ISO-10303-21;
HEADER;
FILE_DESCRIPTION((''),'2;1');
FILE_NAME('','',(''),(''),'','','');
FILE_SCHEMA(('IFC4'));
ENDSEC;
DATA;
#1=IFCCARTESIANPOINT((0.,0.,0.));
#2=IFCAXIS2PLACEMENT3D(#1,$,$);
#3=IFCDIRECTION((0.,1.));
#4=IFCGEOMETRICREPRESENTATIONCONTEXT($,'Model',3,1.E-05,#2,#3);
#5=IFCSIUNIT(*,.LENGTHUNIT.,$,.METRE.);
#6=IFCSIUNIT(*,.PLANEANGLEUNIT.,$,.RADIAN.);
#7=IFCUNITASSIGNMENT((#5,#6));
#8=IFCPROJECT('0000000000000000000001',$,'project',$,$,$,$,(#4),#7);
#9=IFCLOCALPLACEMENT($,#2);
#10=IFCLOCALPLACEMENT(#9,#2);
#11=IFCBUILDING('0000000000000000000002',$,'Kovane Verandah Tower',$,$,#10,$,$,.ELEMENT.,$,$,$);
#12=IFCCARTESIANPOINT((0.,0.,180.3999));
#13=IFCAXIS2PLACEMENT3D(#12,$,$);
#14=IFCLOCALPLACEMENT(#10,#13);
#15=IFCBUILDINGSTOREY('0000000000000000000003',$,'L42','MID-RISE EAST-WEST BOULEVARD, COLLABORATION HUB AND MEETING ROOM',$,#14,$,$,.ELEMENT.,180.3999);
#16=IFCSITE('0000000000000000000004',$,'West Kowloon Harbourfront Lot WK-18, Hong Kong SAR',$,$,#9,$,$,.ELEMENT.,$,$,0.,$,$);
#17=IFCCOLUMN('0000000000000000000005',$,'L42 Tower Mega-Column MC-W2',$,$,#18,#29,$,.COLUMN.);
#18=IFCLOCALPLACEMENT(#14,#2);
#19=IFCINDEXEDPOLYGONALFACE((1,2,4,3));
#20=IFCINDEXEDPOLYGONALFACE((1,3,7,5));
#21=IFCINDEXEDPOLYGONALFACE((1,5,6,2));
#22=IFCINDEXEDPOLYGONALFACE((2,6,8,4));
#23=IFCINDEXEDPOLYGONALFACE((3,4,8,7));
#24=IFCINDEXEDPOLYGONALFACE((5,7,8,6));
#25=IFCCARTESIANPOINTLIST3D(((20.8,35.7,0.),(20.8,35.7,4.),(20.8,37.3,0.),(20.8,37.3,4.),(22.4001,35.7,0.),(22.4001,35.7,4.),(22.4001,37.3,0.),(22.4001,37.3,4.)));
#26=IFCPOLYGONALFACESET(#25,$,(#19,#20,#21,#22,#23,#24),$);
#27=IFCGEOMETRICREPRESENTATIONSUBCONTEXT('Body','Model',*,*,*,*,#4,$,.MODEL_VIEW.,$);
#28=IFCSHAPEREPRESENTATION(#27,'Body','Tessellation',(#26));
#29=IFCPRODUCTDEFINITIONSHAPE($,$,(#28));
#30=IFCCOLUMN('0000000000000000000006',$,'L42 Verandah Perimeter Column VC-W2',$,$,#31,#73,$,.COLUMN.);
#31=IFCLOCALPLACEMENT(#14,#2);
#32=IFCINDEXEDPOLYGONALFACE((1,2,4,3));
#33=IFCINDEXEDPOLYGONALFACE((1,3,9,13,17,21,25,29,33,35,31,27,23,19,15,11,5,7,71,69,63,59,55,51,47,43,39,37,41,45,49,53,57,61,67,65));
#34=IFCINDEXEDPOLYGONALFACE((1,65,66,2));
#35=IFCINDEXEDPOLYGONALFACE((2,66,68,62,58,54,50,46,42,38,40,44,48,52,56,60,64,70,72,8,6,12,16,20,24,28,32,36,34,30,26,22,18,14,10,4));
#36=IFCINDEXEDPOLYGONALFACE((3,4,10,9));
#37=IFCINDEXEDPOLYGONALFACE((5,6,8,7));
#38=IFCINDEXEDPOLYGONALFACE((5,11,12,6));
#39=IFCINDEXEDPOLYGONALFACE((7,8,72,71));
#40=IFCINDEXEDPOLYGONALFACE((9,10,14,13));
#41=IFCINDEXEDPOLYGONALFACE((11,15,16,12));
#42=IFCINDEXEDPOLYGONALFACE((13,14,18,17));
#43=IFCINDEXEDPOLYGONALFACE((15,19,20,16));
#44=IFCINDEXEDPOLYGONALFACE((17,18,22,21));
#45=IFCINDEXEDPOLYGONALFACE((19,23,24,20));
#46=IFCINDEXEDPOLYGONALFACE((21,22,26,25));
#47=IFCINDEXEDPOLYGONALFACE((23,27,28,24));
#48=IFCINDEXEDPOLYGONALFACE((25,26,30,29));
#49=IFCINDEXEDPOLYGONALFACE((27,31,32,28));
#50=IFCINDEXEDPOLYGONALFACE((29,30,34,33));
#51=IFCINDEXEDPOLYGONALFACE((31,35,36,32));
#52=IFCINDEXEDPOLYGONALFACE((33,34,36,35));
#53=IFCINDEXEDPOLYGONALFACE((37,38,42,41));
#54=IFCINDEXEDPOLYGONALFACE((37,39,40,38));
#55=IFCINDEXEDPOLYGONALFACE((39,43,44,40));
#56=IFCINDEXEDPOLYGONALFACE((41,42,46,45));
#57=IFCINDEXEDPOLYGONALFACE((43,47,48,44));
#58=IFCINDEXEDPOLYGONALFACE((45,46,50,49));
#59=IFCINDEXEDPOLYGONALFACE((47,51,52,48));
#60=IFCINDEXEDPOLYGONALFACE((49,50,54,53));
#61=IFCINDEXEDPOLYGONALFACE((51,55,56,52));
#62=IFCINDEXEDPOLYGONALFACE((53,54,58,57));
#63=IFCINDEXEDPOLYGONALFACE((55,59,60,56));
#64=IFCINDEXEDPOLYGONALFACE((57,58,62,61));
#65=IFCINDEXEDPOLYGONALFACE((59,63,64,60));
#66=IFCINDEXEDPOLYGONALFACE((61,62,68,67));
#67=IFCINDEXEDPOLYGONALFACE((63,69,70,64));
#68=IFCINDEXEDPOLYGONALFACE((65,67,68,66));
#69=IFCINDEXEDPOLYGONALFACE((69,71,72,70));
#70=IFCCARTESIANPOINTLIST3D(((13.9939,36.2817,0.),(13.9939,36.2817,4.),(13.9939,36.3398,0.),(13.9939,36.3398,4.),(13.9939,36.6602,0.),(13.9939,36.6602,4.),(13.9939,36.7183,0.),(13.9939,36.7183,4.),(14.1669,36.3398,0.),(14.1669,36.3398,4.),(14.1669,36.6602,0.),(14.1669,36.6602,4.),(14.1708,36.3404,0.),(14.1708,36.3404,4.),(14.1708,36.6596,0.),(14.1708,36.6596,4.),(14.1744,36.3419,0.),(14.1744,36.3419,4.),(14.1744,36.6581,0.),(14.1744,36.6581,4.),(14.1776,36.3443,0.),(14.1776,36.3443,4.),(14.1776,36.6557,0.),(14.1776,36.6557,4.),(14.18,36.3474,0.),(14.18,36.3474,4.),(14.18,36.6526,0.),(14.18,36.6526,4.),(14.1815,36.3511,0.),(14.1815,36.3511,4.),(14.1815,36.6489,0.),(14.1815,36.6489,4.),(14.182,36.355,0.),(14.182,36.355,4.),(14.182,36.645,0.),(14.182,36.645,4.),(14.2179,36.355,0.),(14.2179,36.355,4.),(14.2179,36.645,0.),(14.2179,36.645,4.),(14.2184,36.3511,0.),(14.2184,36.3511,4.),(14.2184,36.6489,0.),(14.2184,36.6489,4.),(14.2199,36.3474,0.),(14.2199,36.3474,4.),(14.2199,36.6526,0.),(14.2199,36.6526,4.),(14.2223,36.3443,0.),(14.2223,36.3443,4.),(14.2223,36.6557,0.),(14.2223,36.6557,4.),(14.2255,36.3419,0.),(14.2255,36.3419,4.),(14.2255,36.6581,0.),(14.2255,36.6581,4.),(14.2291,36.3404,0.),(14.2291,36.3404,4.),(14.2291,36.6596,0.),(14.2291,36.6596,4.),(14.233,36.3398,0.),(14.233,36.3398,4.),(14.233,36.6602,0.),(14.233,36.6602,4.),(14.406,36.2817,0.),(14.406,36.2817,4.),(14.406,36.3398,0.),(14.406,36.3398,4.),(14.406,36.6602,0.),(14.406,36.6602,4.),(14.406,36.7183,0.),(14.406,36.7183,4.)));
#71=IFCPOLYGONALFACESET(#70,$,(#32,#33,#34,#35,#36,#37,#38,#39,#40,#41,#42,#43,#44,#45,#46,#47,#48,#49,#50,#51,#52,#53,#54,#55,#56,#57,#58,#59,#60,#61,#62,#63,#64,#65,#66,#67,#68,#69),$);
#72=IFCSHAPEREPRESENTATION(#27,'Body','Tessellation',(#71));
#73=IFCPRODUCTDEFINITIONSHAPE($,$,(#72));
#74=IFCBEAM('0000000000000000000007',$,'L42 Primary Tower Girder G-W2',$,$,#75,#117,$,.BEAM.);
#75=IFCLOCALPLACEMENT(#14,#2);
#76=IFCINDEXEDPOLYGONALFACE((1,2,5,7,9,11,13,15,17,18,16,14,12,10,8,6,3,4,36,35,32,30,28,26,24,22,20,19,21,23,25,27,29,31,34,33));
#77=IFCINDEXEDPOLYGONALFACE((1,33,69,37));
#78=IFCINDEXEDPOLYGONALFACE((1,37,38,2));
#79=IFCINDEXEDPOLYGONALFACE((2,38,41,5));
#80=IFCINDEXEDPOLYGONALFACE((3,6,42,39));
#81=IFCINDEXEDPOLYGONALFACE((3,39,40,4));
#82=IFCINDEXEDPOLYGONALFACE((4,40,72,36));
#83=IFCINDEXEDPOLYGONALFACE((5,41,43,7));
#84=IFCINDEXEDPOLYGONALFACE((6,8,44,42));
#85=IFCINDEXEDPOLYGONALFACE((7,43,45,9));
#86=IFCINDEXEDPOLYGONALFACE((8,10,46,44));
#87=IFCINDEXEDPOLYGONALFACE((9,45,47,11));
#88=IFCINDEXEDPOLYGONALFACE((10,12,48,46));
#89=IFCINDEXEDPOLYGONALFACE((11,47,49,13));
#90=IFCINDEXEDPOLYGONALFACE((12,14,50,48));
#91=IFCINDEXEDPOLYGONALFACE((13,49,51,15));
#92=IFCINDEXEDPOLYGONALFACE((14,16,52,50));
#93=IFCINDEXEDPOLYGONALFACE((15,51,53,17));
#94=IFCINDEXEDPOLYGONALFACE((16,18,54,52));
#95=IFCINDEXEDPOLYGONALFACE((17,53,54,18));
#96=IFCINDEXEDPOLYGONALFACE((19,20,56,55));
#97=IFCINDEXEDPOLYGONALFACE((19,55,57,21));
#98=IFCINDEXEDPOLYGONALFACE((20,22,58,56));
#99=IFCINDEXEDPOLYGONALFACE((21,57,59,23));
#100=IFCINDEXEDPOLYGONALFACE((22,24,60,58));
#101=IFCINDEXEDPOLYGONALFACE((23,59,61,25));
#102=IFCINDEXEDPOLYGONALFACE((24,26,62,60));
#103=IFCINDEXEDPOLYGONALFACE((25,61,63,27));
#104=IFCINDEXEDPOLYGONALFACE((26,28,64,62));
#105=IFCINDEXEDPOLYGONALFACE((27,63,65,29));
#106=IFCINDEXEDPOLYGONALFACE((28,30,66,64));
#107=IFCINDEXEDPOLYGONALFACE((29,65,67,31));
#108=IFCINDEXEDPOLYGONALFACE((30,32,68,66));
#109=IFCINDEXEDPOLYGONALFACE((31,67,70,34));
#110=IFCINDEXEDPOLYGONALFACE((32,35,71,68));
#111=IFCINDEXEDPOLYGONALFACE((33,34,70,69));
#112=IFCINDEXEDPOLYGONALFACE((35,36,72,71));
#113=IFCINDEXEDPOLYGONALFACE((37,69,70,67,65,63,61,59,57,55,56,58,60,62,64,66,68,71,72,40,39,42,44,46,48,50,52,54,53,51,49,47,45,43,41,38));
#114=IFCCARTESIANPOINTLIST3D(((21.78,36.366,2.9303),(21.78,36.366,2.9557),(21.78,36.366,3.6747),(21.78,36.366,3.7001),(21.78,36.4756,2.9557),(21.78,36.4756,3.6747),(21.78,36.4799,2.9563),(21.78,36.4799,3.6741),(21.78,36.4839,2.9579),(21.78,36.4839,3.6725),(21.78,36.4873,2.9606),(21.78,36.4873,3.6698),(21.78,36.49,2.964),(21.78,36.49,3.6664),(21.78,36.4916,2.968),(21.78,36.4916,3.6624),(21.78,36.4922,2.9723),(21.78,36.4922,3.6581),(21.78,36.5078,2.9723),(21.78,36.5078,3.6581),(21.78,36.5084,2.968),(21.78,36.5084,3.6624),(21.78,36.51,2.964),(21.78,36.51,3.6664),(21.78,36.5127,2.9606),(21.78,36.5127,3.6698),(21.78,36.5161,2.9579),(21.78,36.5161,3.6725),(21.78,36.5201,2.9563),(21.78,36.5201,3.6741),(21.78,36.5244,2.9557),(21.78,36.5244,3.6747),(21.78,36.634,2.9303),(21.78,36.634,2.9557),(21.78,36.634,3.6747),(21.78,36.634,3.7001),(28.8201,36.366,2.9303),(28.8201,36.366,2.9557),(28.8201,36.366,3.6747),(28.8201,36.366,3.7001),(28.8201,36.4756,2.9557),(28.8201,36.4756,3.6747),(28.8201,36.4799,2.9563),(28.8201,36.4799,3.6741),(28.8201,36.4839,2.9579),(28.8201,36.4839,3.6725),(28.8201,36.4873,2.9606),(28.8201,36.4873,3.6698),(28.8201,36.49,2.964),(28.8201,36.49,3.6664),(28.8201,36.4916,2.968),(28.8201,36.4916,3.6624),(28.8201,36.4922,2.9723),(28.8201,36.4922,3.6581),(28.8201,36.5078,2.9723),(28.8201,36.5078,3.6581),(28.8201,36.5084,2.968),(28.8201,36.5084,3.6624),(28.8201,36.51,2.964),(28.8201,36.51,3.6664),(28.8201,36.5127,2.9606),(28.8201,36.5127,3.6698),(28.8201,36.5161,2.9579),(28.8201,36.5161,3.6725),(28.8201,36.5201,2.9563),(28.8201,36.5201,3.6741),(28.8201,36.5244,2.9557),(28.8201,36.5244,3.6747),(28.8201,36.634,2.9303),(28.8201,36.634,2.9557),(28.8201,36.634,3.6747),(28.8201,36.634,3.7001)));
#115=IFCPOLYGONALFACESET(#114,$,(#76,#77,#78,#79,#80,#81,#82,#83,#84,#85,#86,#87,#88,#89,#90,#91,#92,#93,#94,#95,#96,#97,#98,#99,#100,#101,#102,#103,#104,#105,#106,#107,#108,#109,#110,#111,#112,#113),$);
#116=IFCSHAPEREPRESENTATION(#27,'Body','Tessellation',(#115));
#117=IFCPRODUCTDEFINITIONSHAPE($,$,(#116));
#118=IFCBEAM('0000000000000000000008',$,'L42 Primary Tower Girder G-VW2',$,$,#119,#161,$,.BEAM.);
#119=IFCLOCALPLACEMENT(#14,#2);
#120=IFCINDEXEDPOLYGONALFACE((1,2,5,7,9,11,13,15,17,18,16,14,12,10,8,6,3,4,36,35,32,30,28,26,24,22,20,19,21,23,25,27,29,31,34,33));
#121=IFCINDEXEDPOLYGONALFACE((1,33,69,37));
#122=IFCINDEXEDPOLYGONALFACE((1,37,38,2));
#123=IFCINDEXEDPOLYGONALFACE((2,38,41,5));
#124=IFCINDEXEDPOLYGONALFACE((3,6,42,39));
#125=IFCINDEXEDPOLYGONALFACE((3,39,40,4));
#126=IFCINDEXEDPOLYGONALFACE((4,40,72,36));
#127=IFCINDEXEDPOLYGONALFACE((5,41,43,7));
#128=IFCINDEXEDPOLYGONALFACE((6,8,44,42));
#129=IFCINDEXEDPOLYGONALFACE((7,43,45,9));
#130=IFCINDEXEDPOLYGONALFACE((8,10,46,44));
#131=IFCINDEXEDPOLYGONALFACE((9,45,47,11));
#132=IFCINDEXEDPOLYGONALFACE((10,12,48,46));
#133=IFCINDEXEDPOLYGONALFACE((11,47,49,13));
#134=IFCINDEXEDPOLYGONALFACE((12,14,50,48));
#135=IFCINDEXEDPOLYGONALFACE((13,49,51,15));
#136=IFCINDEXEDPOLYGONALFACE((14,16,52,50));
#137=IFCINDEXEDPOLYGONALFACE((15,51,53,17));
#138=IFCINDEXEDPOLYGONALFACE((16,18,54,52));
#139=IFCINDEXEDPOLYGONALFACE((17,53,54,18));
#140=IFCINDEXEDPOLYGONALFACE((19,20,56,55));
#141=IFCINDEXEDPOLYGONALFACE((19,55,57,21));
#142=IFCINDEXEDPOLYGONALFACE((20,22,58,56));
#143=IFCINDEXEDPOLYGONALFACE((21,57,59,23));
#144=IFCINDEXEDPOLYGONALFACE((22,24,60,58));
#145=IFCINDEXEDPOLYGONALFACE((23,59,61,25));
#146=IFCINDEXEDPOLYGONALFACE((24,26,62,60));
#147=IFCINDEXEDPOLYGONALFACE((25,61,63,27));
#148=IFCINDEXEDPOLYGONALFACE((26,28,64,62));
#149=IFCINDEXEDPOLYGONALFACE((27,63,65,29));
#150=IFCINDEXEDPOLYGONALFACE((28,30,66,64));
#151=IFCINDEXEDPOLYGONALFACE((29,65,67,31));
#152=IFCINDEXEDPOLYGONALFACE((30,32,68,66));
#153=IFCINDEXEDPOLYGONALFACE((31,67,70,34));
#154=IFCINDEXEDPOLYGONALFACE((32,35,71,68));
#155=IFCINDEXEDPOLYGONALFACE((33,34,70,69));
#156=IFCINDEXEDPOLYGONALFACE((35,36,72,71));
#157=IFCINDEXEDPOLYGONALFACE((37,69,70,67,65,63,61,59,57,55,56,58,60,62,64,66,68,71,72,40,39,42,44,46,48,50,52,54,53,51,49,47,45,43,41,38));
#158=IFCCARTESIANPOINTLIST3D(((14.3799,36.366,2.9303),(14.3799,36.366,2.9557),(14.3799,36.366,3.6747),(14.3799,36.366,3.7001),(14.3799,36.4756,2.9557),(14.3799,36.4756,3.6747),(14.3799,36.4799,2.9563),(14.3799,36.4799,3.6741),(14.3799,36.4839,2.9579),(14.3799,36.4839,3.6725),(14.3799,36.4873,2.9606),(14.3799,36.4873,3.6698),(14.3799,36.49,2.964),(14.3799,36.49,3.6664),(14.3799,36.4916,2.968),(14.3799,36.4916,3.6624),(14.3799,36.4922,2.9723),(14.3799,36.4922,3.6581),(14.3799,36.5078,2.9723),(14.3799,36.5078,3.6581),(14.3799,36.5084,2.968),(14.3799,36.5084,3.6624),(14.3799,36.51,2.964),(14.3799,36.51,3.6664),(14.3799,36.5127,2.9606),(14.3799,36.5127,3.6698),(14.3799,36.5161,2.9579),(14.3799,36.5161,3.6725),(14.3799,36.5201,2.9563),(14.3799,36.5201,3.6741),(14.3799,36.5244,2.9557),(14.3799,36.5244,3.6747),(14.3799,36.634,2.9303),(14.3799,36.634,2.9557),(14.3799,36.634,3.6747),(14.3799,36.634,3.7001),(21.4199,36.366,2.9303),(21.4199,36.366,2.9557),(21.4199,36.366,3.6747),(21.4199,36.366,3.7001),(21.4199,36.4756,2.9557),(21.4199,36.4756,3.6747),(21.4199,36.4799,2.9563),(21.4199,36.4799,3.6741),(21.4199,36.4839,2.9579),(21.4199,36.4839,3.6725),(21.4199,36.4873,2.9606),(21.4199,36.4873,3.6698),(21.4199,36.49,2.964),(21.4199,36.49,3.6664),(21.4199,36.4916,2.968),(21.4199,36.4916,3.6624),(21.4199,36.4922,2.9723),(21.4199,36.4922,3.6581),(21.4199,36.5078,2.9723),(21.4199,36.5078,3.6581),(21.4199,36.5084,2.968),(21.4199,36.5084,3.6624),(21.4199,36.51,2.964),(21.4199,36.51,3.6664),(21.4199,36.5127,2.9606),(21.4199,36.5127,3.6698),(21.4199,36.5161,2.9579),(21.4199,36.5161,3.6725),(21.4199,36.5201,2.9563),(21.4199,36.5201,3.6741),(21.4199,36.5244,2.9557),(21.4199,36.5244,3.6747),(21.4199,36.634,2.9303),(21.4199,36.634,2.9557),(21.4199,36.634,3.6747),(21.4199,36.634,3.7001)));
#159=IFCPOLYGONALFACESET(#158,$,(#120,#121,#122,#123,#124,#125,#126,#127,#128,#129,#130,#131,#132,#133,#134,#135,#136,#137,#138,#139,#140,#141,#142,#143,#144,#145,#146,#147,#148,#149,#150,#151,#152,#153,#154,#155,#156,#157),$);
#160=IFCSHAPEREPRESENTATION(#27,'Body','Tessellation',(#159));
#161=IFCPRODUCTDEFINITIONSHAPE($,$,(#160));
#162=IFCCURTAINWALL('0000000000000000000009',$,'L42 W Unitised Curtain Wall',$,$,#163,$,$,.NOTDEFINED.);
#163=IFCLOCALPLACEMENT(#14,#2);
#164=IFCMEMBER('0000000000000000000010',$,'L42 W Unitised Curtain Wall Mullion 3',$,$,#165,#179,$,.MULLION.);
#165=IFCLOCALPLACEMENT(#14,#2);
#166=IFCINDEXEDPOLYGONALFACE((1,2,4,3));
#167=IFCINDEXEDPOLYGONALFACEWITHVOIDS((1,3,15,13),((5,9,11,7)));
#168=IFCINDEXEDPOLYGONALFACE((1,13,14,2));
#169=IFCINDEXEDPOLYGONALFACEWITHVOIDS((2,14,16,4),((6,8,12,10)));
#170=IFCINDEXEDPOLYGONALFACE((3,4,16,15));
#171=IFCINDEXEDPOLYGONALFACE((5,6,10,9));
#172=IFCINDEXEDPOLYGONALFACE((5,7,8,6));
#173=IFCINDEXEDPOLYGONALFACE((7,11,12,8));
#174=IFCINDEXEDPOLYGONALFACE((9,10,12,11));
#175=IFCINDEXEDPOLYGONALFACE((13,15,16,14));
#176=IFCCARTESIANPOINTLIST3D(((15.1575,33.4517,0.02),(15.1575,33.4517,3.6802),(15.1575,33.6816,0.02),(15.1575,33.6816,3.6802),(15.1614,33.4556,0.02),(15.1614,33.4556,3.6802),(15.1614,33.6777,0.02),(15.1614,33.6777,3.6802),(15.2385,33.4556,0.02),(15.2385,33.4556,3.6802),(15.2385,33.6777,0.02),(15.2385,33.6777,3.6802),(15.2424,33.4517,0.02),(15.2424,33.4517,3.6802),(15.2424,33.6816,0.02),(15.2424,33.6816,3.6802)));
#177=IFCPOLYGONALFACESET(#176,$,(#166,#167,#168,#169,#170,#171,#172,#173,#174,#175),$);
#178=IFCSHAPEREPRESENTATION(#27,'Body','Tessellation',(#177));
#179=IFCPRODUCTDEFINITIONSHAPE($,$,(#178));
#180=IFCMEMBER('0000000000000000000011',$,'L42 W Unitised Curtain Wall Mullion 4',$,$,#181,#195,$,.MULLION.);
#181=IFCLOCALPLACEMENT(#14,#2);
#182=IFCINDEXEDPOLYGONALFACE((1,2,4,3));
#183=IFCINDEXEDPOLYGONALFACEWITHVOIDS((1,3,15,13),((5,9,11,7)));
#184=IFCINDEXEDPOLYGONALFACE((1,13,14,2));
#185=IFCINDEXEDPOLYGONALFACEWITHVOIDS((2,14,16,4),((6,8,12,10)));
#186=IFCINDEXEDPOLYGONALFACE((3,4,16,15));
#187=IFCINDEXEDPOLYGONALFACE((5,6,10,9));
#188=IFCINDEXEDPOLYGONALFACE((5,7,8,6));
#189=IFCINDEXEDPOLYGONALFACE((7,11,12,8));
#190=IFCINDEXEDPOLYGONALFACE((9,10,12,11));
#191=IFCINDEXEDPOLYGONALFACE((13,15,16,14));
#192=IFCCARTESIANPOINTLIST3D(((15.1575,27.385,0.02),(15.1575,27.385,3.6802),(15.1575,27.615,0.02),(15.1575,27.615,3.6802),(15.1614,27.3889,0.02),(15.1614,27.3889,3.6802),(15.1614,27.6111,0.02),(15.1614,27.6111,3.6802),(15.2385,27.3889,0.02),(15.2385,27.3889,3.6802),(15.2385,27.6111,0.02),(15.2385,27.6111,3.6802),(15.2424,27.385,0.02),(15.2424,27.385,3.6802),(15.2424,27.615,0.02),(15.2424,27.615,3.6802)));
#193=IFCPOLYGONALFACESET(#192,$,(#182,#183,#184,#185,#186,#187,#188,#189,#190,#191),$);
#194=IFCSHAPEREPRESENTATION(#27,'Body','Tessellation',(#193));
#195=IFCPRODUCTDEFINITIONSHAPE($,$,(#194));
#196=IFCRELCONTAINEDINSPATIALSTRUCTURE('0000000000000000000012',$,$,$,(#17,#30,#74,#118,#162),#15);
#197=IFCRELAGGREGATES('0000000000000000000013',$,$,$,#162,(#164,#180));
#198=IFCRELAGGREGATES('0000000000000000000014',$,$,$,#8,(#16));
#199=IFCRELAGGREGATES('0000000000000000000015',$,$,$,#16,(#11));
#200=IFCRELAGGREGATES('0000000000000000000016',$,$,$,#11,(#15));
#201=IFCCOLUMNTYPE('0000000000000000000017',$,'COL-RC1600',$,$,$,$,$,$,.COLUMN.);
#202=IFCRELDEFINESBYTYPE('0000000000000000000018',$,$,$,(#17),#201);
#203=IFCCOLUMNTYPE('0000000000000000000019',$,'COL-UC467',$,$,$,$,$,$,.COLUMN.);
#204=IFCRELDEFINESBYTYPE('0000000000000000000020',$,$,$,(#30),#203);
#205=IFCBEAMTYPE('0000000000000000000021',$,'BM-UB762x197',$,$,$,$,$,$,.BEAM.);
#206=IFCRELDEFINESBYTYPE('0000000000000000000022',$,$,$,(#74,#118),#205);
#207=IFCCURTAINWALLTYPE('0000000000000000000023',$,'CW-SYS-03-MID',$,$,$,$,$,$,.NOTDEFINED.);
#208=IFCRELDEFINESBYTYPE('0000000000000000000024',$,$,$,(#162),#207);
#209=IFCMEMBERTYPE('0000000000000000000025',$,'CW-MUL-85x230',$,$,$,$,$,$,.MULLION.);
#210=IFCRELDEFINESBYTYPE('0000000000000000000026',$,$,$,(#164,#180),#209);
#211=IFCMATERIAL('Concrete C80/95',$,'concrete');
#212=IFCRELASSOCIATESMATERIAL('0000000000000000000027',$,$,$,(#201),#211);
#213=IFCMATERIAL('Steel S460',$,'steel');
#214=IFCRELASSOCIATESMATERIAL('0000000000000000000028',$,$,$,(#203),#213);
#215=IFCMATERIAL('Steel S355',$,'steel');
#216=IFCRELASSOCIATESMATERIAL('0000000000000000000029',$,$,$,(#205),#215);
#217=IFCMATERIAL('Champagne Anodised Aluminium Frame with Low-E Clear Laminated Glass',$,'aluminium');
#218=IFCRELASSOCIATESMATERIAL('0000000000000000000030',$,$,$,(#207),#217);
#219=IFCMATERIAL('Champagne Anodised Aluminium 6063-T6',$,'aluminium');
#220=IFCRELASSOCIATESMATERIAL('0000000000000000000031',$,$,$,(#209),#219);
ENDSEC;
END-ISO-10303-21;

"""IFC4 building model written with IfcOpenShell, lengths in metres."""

from ifc_helpers import new_model, si_unit, direction, frame, origin, origin_2d, place, context, subcontext, project, spatial, rectangle, hollow_rectangle, i_section, extrude, material, material_profile, profile_set, type_object, element, aggregate, save


model = new_model("IFC4")

# Units and contexts
model_context = context("Model", 3, precision=1e-05, world=origin(), true_north=direction((0.0, 1.0)))
body_context = subcontext(model_context, "Body", "Model", "MODEL_VIEW")
ifc_project = project(units=[si_unit("LENGTHUNIT", "METRE"), si_unit("PLANEANGLEUNIT", "RADIAN")], contexts=[model_context])

# Site, building, storey
site_placement = place(None, origin())
site = spatial("IfcSite", under=ifc_project, at=site_placement, Name="West Kowloon Harbourfront Lot WK-18, Hong Kong SAR", CompositionType="ELEMENT", RefElevation=0.0)
building_placement = place(site_placement, origin())
building = spatial("IfcBuilding", under=site, at=building_placement, Name="Kovane Verandah Tower", CompositionType="ELEMENT")
storey_placement = place(building_placement, frame((0.0, 0.0, 180.3999)))
storey = spatial("IfcBuildingStorey", under=building, at=storey_placement, Name="L42", Description="MID-RISE EAST-WEST BOULEVARD, COLLABORATION HUB AND MEETING ROOM", CompositionType="ELEMENT", Elevation=180.3999)

# Columns
ifc_material_1 = material(Name="Concrete C80/95", Category="concrete")
ifc_material_profile_1 = material_profile(ifc_material_1, rectangle(XDim=1.6001, YDim=1.6001, at=origin_2d()), Name="RC1600x1600")
ifc_profile_set_1 = profile_set([ifc_material_profile_1], Name="Concrete C80/95")
column_type_1 = type_object("IfcColumnType", Name="COL-RC1600", PredefinedType="COLUMN", material=ifc_profile_set_1)
column_1_placement = place(storey_placement, frame((21.6001, 36.5, 0.0), z_axis=(0.0, 0.0, 1.0), x_axis=(1.0, 0.0, 0.0)))
element("IfcColumn", 1, at=column_1_placement, inside=storey, type_object=column_type_1, Name="L42 Tower Mega-Column MC-W2", PredefinedType="COLUMN", context=body_context, shape_type="SweptSolid", body=[
    extrude(rectangle(XDim=1.6001, YDim=1.6001, at=origin_2d()), origin(), (0.0, 0.0, 1.0), 4.0),
])
ifc_material_2 = material(Name="Steel S460", Category="steel")
ifc_material_profile_2 = material_profile(ifc_material_2, i_section(OverallWidth=0.4121, OverallDepth=0.4365, WebThickness=0.0359, FlangeThickness=0.0581, FilletRadius=0.0151, at=origin_2d()), Name="UC356x406x467")
ifc_profile_set_2 = profile_set([ifc_material_profile_2], Name="Steel S460")
column_type_2 = type_object("IfcColumnType", Name="COL-UC467", PredefinedType="COLUMN", material=ifc_profile_set_2)
column_2_placement = place(storey_placement, frame((14.2, 36.5, 0.0), z_axis=(0.0, 0.0, 1.0), x_axis=(1.0, 0.0, 0.0)))
element("IfcColumn", 2, at=column_2_placement, inside=storey, type_object=column_type_2, Name="L42 Verandah Perimeter Column VC-W2", PredefinedType="COLUMN", context=body_context, shape_type="SweptSolid", body=[
    extrude(i_section(OverallWidth=0.4121, OverallDepth=0.4365, WebThickness=0.0359, FlangeThickness=0.0581, FilletRadius=0.0151, at=origin_2d()), origin(), (0.0, 0.0, 1.0), 4.0),
])

# Beams
ifc_material_3 = material(Name="Steel S355", Category="steel")
ifc_material_profile_3 = material_profile(ifc_material_3, i_section(OverallWidth=0.2681, OverallDepth=0.7698, WebThickness=0.0156, FlangeThickness=0.0254, FilletRadius=0.0166, at=origin_2d()), Name="UB762x267x197")
ifc_profile_set_3 = profile_set([ifc_material_profile_3], Name="Steel S355")
beam_type = type_object("IfcBeamType", Name="BM-UB762x197", PredefinedType="BEAM", material=ifc_profile_set_3)
for number, where, z_axis, x_axis, name in (
    (3, (28.8201, 36.5, 3.3152), (-1.0, 0.0, 0.0), (0.0, -1.0, 0.0), "L42 Primary Tower Girder G-W2"),
    (4, (21.4199, 36.5, 3.3152), (-1.0, 0.0, 0.0), (0.0, -1.0, 0.0), "L42 Primary Tower Girder G-VW2"),
):
    element("IfcBeam", number, at=place(storey_placement, frame(where, z_axis=z_axis, x_axis=x_axis)), inside=storey, type_object=beam_type, Name=name, PredefinedType="BEAM", context=body_context, shape_type="SweptSolid", body=[
        extrude(i_section(OverallWidth=0.2681, OverallDepth=0.7698, WebThickness=0.0156, FlangeThickness=0.0254, FilletRadius=0.0166, at=origin_2d()), origin(), (0.0, 0.0, 1.0), 7.04),
    ])

# Curtain wall, members
ifc_material_4 = material(Name="Champagne Anodised Aluminium Frame with Low-E Clear Laminated Glass", Category="aluminium")
curtain_wall_type = type_object("IfcCurtainWallType", Name="CW-SYS-03-MID", PredefinedType="NOTDEFINED", material=ifc_material_4)
curtain_wall_placement = place(storey_placement, origin())
curtain_wall = element("IfcCurtainWall", 5, at=curtain_wall_placement, inside=storey, type_object=curtain_wall_type, Name="L42 W Unitised Curtain Wall", PredefinedType="NOTDEFINED")
ifc_material_5 = material(Name="Champagne Anodised Aluminium 6063-T6", Category="aluminium")
ifc_material_profile_4 = material_profile(ifc_material_5, hollow_rectangle(XDim=0.085, YDim=0.23, WallThickness=0.0039, at=origin_2d()), Name="AL85x230x4")
ifc_profile_set_4 = profile_set([ifc_material_profile_4], Name="Champagne Anodised Aluminium 6063-T6")
member_type_1 = type_object("IfcMemberType", Name="CW-MUL-85x230", PredefinedType="MULLION", material=ifc_profile_set_4)
member_1_placement = place(storey_placement, frame((15.2, 33.5667, 0.02), z_axis=(0.0, 0.0, 1.0), x_axis=(-1.0, 0.0, 0.0)))
member_1 = element("IfcMember", 6, at=member_1_placement, type_object=member_type_1, Name="L42 W Unitised Curtain Wall Mullion 3", PredefinedType="MULLION", context=body_context, shape_type="SweptSolid", body=[
    extrude(hollow_rectangle(XDim=0.085, YDim=0.23, WallThickness=0.0039, at=origin_2d()), origin(), (0.0, 0.0, 1.0), 3.6602),
])
member_2_placement = place(storey_placement, frame((15.2, 27.5, 0.02), z_axis=(0.0, 0.0, 1.0), x_axis=(-1.0, 0.0, 0.0)))
member_2 = element("IfcMember", 7, at=member_2_placement, type_object=member_type_1, Name="L42 W Unitised Curtain Wall Mullion 4", PredefinedType="MULLION", context=body_context, shape_type="SweptSolid", body=[
    extrude(hollow_rectangle(XDim=0.085, YDim=0.23, WallThickness=0.0039, at=origin_2d()), origin(), (0.0, 0.0, 1.0), 3.6602),
])
aggregate(curtain_wall, [member_1, member_2])

save(model, "model.ifc")
